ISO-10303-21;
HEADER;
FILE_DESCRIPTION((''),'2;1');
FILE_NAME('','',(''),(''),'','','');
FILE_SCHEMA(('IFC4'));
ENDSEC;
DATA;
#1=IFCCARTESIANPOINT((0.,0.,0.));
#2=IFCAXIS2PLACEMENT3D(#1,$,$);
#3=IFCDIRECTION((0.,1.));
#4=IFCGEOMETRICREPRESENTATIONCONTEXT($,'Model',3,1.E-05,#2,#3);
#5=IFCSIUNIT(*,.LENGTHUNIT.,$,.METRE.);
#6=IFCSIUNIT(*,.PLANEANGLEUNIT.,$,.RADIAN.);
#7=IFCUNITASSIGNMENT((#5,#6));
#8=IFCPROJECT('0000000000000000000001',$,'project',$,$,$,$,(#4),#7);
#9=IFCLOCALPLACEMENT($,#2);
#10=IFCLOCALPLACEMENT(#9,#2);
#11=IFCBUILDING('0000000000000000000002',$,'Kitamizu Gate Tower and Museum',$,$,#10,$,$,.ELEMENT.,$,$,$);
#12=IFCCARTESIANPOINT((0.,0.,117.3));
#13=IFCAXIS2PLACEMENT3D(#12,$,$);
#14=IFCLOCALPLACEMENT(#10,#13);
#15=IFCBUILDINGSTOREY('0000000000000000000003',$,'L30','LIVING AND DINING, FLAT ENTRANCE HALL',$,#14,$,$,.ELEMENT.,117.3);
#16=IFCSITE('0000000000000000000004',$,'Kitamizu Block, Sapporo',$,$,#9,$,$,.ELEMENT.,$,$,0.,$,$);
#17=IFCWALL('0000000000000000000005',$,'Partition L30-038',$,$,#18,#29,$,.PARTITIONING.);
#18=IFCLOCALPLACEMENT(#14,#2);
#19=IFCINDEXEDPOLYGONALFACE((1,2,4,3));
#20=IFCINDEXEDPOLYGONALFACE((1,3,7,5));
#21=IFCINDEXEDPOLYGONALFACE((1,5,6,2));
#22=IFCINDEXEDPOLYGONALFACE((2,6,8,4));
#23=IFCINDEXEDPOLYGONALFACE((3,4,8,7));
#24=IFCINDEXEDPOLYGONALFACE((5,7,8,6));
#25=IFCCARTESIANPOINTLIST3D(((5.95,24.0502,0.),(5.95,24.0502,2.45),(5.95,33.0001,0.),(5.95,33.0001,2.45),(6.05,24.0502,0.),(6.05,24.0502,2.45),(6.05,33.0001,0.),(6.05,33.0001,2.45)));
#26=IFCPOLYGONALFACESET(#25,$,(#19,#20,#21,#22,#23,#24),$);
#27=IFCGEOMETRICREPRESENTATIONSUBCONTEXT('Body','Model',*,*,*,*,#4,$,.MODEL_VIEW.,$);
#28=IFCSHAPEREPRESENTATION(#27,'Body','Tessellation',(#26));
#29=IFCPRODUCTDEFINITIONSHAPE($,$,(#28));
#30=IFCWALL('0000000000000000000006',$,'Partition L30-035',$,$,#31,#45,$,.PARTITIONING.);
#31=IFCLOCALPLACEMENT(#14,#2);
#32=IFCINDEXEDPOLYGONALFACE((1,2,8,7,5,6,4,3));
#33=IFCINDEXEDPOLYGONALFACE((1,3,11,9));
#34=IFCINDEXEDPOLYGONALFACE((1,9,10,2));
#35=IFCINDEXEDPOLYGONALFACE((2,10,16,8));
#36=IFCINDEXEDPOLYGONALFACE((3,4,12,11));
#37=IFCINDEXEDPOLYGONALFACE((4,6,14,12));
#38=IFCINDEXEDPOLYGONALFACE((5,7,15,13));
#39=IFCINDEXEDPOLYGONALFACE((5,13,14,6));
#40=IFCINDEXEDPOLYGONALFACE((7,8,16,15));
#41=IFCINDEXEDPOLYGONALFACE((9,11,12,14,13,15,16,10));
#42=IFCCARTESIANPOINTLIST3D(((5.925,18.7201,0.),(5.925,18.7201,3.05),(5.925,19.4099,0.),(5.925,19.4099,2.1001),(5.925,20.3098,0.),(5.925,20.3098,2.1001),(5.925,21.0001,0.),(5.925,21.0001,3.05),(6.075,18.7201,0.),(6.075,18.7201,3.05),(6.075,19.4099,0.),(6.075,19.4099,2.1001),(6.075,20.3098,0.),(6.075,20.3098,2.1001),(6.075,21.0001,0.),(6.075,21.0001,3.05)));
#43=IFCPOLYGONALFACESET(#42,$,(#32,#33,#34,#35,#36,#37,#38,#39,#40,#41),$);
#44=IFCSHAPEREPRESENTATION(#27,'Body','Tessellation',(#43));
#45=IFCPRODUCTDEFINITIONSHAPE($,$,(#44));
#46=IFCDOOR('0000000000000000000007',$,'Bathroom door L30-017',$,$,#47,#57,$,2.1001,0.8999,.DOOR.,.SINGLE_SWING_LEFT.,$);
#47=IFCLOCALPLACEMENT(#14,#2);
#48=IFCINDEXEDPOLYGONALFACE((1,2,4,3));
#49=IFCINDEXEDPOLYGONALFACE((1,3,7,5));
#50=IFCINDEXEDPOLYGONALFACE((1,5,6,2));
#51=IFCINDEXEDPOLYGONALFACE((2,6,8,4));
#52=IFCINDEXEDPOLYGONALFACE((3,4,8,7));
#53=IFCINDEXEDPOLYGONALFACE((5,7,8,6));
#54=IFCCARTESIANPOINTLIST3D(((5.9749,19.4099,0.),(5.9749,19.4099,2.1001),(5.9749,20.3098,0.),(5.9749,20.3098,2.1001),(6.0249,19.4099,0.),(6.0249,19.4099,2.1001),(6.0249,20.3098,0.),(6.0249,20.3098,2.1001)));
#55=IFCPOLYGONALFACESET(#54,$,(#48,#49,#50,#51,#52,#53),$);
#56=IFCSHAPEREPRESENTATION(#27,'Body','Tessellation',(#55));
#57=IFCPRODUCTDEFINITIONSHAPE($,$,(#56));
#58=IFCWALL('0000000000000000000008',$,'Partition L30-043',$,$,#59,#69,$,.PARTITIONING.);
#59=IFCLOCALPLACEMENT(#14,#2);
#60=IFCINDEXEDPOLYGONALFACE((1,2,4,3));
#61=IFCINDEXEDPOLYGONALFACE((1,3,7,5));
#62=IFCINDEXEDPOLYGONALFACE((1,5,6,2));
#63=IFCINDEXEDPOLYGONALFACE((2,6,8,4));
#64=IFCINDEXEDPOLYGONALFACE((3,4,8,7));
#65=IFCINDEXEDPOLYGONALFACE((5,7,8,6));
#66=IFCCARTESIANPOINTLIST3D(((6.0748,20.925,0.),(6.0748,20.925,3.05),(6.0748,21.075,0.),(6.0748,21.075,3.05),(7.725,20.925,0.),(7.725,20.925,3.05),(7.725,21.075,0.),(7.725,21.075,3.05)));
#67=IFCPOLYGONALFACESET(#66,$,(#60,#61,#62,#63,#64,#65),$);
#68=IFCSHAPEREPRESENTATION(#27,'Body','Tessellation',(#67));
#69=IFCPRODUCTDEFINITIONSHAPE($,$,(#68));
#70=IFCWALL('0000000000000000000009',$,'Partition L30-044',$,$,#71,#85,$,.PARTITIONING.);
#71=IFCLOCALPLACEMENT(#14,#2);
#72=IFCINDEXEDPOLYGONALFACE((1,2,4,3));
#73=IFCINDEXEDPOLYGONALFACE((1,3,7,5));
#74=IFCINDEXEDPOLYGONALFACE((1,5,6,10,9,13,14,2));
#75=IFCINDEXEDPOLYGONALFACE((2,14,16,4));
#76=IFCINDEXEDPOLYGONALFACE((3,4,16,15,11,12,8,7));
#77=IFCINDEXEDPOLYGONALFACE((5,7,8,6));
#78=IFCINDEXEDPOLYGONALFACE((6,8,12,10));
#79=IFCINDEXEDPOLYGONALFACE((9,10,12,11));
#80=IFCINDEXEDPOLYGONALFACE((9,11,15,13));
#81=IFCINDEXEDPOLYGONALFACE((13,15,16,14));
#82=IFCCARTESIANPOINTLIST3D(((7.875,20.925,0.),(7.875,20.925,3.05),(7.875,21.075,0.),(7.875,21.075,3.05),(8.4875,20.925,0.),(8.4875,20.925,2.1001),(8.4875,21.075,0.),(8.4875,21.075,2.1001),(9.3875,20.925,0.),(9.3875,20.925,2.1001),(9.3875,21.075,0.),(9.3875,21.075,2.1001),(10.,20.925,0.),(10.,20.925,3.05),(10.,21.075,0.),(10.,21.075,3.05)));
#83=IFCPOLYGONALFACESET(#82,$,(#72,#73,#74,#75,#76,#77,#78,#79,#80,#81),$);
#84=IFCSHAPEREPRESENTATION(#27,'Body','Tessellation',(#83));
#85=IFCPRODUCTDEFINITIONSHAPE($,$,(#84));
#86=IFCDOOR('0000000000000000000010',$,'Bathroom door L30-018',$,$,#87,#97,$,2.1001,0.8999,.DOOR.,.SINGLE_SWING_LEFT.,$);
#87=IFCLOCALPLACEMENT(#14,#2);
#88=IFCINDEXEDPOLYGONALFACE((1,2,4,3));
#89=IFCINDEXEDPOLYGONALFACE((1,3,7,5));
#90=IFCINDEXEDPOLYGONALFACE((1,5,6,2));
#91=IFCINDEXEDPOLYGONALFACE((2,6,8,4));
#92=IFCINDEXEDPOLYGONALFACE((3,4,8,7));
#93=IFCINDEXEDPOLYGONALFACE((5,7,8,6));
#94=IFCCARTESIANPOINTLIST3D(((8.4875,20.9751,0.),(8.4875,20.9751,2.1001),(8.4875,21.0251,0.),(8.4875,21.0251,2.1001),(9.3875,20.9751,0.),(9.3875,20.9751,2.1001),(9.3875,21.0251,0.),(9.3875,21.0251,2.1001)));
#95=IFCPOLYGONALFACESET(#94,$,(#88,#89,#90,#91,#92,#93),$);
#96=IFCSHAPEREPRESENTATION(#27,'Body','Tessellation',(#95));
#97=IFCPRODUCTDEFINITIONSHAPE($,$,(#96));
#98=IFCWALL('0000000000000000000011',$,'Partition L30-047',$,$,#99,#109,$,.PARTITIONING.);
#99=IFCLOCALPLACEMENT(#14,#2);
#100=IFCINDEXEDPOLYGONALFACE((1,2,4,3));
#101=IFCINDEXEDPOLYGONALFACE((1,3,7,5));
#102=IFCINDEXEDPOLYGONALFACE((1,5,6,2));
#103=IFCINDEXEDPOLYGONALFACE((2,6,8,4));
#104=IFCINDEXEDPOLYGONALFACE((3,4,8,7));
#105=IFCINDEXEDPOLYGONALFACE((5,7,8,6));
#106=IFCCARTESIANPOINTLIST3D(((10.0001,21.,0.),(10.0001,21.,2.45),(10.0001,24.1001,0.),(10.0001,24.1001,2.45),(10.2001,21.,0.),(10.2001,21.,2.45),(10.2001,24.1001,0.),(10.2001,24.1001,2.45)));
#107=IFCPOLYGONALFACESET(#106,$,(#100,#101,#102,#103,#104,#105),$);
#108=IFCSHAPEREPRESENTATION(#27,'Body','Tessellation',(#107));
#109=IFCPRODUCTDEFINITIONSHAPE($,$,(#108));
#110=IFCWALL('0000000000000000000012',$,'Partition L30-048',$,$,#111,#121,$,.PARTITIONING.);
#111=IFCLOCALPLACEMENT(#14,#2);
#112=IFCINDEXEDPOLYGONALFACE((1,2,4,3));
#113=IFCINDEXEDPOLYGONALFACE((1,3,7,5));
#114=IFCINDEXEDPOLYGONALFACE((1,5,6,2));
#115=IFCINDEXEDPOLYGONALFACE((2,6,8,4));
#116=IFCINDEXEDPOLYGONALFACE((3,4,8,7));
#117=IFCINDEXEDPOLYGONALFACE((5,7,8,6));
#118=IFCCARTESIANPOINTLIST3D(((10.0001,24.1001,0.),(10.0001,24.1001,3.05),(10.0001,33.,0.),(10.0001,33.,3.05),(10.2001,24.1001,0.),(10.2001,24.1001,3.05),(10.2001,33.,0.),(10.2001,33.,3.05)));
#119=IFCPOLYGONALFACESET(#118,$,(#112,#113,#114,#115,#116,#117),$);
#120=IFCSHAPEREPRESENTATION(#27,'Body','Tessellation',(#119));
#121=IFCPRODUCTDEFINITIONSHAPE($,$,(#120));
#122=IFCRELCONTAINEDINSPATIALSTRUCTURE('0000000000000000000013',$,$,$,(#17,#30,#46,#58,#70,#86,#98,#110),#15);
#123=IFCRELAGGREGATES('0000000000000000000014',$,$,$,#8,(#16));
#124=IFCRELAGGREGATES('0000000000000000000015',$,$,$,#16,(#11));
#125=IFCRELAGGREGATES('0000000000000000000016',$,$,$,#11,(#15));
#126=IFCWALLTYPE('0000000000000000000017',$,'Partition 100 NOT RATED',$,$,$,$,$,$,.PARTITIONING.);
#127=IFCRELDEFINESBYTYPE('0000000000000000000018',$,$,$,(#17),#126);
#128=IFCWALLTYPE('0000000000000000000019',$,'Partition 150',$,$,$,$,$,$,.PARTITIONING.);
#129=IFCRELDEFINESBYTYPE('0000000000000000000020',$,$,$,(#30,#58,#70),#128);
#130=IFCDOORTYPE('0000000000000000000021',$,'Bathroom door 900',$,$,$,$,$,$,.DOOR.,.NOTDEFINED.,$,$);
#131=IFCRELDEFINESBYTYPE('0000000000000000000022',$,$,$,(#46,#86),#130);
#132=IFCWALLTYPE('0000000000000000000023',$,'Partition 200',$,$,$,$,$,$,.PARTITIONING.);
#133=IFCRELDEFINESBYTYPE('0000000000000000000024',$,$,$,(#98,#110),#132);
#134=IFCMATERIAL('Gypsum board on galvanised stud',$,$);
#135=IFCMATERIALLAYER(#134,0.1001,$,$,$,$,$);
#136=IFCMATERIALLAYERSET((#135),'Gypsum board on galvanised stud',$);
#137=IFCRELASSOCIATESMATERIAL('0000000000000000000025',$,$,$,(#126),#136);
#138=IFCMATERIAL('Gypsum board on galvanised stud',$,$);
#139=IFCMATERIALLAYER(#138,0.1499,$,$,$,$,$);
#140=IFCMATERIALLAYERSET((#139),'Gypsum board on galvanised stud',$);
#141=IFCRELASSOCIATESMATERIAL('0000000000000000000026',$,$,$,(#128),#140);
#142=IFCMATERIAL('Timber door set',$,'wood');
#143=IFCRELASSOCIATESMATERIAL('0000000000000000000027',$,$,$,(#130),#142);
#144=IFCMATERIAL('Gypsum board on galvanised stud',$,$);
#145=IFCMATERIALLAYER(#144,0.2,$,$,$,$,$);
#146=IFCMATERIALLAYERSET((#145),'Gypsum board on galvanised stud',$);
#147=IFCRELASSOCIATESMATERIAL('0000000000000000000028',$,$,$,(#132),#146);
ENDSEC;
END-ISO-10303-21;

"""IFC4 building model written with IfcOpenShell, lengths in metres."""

from ifc_helpers import new_model, si_unit, direction, frame, frame_2d, origin, place, context, subcontext, project, spatial, rectangle, extrude, material, layer, layer_set, type_object, element, fill, save


model = new_model("IFC4")

# Units and contexts
model_context = context("Model", 3, precision=1e-05, world=origin(), true_north=direction((0.0, 1.0)))
body_context = subcontext(model_context, "Body", "Model", "MODEL_VIEW")
ifc_project = project(units=[si_unit("LENGTHUNIT", "METRE"), si_unit("PLANEANGLEUNIT", "RADIAN")], contexts=[model_context])

# Site, building, storey
site_placement = place(None, origin())
site = spatial("IfcSite", under=ifc_project, at=site_placement, Name="Kitamizu Block, Sapporo", CompositionType="ELEMENT", RefElevation=0.0)
building_placement = place(site_placement, origin())
building = spatial("IfcBuilding", under=site, at=building_placement, Name="Kitamizu Gate Tower and Museum", CompositionType="ELEMENT")
storey_placement = place(building_placement, frame((0.0, 0.0, 117.3)))
storey = spatial("IfcBuildingStorey", under=building, at=storey_placement, Name="L30", Description="LIVING AND DINING, FLAT ENTRANCE HALL", CompositionType="ELEMENT", Elevation=117.3)

# Shared definitions
ifc_material_1 = material(Name="Gypsum board on galvanised stud")
ifc_layer_1 = layer(ifc_material_1, 0.1001)
ifc_layer_set_1 = layer_set([ifc_layer_1], Name="Gypsum board on galvanised stud")
wall_type_1 = type_object("IfcWallType", Name="Partition 100 NOT RATED", PredefinedType="PARTITIONING", material=ifc_layer_set_1)

# Wall
wall_1_placement = place(storey_placement, frame((6.0, 24.05, 0.0), z_axis=(0.0, 0.0, 1.0), x_axis=(0.0, 1.0, 0.0)))
element("IfcWall", 1, at=wall_1_placement, inside=storey, type_object=wall_type_1, Name="Partition L30-038", PredefinedType="PARTITIONING", context=body_context, shape_type="SweptSolid", body=[
    extrude(rectangle(XDim=8.95, YDim=0.1001, at=frame_2d((4.4751, 0.0))), origin(), (0.0, 0.0, 1.0), 2.45),
])

# Wall, opening, door
ifc_material_2 = material(Name="Gypsum board on galvanised stud")
ifc_layer_2 = layer(ifc_material_2, 0.1499)
ifc_layer_set_2 = layer_set([ifc_layer_2], Name="Gypsum board on galvanised stud")
wall_type_2 = type_object("IfcWallType", Name="Partition 150", PredefinedType="PARTITIONING", material=ifc_layer_set_2)
wall_2_placement = place(storey_placement, frame((6.0, 18.72, 0.0), z_axis=(0.0, 0.0, 1.0), x_axis=(0.0, 1.0, 0.0)))
wall_2 = element("IfcWall", 2, at=wall_2_placement, inside=storey, type_object=wall_type_2, Name="Partition L30-035", PredefinedType="PARTITIONING", context=body_context, shape_type="SweptSolid", body=[
    extrude(rectangle(XDim=2.28, YDim=0.1499, at=frame_2d((1.1401, 0.0))), origin(), (0.0, 0.0, 1.0), 3.05),
])
opening_1_placement = place(wall_2_placement, frame((0.6899, 0.0, 0.0)))
opening_1 = element("IfcOpeningElement", 3, at=opening_1_placement, cuts=wall_2, PredefinedType="OPENING", context=body_context, shape_type="SweptSolid", body=[
    extrude(rectangle(XDim=0.8999, YDim=2.1001, at=frame_2d((0.45, 1.05))), frame((0.0, 0.085, 0.0), z_axis=(0.0, -1.0, 0.0), x_axis=(1.0, 0.0, 0.0)), (0.0, 0.0, 1.0), 0.1699),
])
ifc_material_3 = material(Name="Timber door set", Category="wood")
door_type_1 = type_object("IfcDoorType", Name="Bathroom door 900", OperationType="NOTDEFINED", PredefinedType="DOOR", material=ifc_material_3)
door_1_placement = place(opening_1_placement, frame((0.8999, 0.0, 0.0), x_axis=(-1.0, 0.0, 0.0)))
door_1 = element("IfcDoor", 4, at=door_1_placement, inside=storey, type_object=door_type_1, Name="Bathroom door L30-017", OperationType="SINGLE_SWING_LEFT", OverallHeight=2.1001, OverallWidth=0.8999, PredefinedType="DOOR", context=body_context, shape_type="SweptSolid", body=[
    extrude(rectangle(XDim=0.8999, YDim=2.1001, at=frame_2d((0.45, 1.05))), frame((0.0, 0.0249, 0.0), z_axis=(0.0, -1.0, 0.0), x_axis=(1.0, 0.0, 0.0)), (0.0, 0.0, 1.0), 0.05),
])
fill(opening_1, door_1)

# Wall
wall_3_placement = place(storey_placement, frame((7.7251, 21.0, 0.0), z_axis=(0.0, 0.0, 1.0), x_axis=(-1.0, 0.0, 0.0)))
element("IfcWall", 5, at=wall_3_placement, inside=storey, type_object=wall_type_2, Name="Partition L30-043", PredefinedType="PARTITIONING", context=body_context, shape_type="SweptSolid", body=[
    extrude(rectangle(XDim=1.6501, YDim=0.1499, at=frame_2d((0.8252, 0.0))), origin(), (0.0, 0.0, 1.0), 3.05),
])

# Wall, opening, door
wall_4_placement = place(storey_placement, frame((10.0, 21.0, 0.0), z_axis=(0.0, 0.0, 1.0), x_axis=(-1.0, 0.0, 0.0)))
wall_4 = element("IfcWall", 6, at=wall_4_placement, inside=storey, type_object=wall_type_2, Name="Partition L30-044", PredefinedType="PARTITIONING", context=body_context, shape_type="SweptSolid", body=[
    extrude(rectangle(XDim=2.125, YDim=0.1499, at=frame_2d((1.0625, 0.0))), origin(), (0.0, 0.0, 1.0), 3.05),
])
opening_2_placement = place(wall_4_placement, frame((0.6125, 0.0, 0.0)))
opening_2 = element("IfcOpeningElement", 7, at=opening_2_placement, cuts=wall_4, PredefinedType="OPENING", context=body_context, shape_type="SweptSolid", body=[
    extrude(rectangle(XDim=0.8999, YDim=2.1001, at=frame_2d((0.45, 1.05))), frame((0.0, 0.085, 0.0), z_axis=(0.0, -1.0, 0.0), x_axis=(1.0, 0.0, 0.0)), (0.0, 0.0, 1.0), 0.1699),
])
door_2_placement = place(opening_2_placement, origin())
door_2 = element("IfcDoor", 8, at=door_2_placement, inside=storey, type_object=door_type_1, Name="Bathroom door L30-018", OperationType="SINGLE_SWING_LEFT", OverallHeight=2.1001, OverallWidth=0.8999, PredefinedType="DOOR", context=body_context, shape_type="SweptSolid", body=[
    extrude(rectangle(XDim=0.8999, YDim=2.1001, at=frame_2d((0.45, 1.05))), frame((0.0, 0.0249, 0.0), z_axis=(0.0, -1.0, 0.0), x_axis=(1.0, 0.0, 0.0)), (0.0, 0.0, 1.0), 0.05),
])
fill(opening_2, door_2)

# Walls
ifc_material_4 = material(Name="Gypsum board on galvanised stud")
ifc_layer_3 = layer(ifc_material_4, 0.2)
ifc_layer_set_3 = layer_set([ifc_layer_3], Name="Gypsum board on galvanised stud")
wall_type_3 = type_object("IfcWallType", Name="Partition 200", PredefinedType="PARTITIONING", material=ifc_layer_set_3)
wall_5_placement = place(storey_placement, frame((10.1001, 21.0, 0.0), z_axis=(0.0, 0.0, 1.0), x_axis=(0.0, 1.0, 0.0)))
element("IfcWall", 9, at=wall_5_placement, inside=storey, type_object=wall_type_3, Name="Partition L30-047", PredefinedType="PARTITIONING", context=body_context, shape_type="SweptSolid", body=[
    extrude(rectangle(XDim=3.1001, YDim=0.2, at=frame_2d((1.55, 0.0))), origin(), (0.0, 0.0, 1.0), 2.45),
])
wall_6_placement = place(storey_placement, frame((10.1001, 24.1001, 0.0), z_axis=(0.0, 0.0, 1.0), x_axis=(0.0, 1.0, 0.0)))
element("IfcWall", 10, at=wall_6_placement, inside=storey, type_object=wall_type_3, Name="Partition L30-048", PredefinedType="PARTITIONING", context=body_context, shape_type="SweptSolid", body=[
    extrude(rectangle(XDim=8.8999, YDim=0.2, at=frame_2d((4.45, 0.0))), origin(), (0.0, 0.0, 1.0), 3.05),
])

save(model, "model.ifc")
